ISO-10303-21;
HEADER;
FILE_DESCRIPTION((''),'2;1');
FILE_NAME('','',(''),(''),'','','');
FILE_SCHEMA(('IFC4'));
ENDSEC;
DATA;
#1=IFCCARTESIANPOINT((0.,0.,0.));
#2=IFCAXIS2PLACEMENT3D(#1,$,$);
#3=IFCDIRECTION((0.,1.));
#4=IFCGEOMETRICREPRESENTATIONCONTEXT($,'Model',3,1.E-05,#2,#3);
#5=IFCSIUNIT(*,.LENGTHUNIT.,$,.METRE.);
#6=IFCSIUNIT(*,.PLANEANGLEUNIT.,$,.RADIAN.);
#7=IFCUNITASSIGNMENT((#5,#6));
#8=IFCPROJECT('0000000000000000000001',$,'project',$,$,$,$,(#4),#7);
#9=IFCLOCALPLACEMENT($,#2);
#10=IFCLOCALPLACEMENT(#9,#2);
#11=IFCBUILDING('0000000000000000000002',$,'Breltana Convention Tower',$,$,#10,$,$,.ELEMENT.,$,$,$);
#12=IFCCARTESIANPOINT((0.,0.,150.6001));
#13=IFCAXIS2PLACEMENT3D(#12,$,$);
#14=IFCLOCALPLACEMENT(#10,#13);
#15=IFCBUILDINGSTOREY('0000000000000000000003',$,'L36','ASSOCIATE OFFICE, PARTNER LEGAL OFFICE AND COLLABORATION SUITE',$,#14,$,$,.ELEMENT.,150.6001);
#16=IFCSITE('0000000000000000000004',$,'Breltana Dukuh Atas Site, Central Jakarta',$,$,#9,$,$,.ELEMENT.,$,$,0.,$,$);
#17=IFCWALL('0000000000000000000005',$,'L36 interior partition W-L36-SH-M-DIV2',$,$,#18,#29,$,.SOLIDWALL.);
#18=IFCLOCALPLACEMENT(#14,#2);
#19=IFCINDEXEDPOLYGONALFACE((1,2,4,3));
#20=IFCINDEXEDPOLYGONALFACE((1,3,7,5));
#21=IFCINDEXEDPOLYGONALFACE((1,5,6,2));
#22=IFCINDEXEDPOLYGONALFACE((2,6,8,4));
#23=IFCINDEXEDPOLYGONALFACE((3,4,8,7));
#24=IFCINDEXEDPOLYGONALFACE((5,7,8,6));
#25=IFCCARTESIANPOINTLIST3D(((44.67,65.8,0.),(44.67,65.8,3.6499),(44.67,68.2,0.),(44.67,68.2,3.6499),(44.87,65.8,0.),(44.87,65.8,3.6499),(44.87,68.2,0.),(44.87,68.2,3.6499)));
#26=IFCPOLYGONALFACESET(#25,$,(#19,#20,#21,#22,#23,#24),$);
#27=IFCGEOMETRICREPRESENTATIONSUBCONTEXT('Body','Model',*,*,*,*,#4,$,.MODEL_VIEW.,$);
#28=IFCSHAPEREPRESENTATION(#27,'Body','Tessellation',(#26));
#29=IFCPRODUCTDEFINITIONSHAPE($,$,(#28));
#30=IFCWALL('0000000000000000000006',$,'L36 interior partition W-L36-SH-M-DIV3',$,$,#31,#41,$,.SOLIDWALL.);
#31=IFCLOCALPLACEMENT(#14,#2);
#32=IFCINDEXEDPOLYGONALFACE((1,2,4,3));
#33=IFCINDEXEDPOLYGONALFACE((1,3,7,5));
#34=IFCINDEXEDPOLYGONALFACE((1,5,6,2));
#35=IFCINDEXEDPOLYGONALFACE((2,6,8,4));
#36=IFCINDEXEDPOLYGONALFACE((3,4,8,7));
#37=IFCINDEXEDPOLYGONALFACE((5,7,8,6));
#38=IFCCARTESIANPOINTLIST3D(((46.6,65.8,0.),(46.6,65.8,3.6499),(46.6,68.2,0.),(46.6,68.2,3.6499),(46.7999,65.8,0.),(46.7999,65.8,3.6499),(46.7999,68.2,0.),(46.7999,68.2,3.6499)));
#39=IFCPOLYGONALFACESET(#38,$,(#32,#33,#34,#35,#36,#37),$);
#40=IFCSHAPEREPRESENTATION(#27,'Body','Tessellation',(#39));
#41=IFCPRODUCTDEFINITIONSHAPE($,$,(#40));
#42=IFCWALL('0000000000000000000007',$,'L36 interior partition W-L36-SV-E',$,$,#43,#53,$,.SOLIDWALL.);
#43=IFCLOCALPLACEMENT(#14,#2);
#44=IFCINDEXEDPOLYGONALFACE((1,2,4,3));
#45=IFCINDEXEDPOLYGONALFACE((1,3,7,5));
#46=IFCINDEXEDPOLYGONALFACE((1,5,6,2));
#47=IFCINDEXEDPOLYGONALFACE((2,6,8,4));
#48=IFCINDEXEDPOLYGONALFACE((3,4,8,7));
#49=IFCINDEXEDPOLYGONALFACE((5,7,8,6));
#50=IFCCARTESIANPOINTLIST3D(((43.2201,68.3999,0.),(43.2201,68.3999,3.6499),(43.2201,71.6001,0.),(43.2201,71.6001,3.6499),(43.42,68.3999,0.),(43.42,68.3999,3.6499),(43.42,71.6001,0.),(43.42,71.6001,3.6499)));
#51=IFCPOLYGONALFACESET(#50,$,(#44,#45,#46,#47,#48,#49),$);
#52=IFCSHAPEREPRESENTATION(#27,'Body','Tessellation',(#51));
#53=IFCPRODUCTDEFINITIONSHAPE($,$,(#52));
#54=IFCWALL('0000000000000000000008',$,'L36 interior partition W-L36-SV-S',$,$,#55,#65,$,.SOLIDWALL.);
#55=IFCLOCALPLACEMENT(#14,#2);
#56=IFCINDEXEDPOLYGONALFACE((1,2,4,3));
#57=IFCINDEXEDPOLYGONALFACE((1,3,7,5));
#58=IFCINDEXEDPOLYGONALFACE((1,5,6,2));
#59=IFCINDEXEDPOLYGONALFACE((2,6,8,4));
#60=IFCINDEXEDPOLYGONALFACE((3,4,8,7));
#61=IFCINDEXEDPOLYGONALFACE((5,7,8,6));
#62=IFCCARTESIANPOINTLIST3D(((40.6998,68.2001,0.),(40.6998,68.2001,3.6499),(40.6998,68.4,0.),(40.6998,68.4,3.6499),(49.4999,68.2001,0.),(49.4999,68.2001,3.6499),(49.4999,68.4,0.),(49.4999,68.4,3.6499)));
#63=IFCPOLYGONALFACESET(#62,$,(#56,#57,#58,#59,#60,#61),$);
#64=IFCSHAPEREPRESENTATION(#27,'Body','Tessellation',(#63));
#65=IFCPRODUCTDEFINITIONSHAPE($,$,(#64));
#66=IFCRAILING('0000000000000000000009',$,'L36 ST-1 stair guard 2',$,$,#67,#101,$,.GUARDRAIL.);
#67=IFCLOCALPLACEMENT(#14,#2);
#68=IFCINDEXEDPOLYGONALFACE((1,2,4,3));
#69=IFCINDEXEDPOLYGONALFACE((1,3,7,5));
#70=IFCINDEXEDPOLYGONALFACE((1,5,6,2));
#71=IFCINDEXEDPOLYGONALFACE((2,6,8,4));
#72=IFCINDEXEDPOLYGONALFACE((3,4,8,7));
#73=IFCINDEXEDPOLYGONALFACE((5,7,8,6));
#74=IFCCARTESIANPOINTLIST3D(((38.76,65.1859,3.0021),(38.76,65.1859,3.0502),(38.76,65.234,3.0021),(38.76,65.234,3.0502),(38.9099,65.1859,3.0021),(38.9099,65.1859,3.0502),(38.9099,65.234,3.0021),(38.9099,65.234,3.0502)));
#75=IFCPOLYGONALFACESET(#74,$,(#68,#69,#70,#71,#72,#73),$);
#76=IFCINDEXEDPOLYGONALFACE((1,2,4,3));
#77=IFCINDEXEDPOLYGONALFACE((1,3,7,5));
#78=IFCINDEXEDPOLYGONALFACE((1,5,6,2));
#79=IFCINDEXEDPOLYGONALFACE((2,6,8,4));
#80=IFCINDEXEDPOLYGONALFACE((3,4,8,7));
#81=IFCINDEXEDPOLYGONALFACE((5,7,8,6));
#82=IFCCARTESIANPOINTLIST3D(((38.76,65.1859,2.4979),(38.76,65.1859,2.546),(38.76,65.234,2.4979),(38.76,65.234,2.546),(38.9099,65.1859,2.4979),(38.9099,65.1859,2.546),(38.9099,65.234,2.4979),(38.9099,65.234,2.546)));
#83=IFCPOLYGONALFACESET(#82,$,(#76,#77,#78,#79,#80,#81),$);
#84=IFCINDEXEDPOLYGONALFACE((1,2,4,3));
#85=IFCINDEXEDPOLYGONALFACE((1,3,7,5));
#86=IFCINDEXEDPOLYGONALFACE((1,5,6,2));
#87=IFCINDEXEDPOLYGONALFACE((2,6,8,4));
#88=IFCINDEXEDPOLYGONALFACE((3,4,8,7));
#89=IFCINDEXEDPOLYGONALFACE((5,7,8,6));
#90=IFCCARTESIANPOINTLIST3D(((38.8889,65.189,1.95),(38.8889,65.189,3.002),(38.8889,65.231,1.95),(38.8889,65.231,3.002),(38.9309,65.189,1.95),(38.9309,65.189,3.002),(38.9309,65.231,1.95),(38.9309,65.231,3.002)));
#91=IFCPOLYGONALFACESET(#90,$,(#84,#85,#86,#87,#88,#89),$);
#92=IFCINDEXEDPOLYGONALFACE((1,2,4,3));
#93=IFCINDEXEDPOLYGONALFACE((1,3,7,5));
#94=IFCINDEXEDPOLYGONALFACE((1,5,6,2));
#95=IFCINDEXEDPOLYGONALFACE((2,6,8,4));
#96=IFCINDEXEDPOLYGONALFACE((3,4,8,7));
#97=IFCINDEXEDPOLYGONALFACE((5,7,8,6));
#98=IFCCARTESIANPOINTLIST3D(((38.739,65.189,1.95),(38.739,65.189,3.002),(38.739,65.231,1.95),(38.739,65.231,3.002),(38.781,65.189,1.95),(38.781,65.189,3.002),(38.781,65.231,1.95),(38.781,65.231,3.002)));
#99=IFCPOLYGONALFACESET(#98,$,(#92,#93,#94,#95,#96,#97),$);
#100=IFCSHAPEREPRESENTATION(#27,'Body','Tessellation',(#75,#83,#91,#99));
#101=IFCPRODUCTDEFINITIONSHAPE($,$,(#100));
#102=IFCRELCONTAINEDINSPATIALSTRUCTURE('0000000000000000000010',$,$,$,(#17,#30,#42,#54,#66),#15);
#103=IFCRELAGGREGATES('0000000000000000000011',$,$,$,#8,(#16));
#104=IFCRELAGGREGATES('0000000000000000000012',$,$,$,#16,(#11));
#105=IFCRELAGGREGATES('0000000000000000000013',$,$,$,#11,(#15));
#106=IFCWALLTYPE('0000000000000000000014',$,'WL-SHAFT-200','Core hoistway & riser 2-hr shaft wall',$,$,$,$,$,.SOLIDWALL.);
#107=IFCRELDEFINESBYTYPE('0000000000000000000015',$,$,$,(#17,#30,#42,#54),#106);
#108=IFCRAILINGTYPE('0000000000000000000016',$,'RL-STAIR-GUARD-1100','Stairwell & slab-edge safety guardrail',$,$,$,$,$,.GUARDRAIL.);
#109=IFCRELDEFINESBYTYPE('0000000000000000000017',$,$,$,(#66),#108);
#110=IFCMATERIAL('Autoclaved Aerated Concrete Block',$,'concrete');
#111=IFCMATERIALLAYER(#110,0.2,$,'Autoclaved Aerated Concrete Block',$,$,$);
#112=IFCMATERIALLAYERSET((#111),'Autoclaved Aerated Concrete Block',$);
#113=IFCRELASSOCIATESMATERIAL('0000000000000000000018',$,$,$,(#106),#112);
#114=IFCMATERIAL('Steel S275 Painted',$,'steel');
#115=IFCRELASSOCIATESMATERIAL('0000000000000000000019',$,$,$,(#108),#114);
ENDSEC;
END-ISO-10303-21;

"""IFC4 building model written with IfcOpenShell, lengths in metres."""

from ifc_helpers import new_model, si_unit, direction, frame, frame_2d, origin, origin_2d, place, context, subcontext, project, spatial, rectangle, extrude, source, transform, mapped, material, layer, layer_set, type_object, element, save


model = new_model("IFC4")

# Units and contexts
model_context = context("Model", 3, precision=1e-05, world=origin(), true_north=direction((0.0, 1.0)))
body_context = subcontext(model_context, "Body", "Model", "MODEL_VIEW")
ifc_project = project(units=[si_unit("LENGTHUNIT", "METRE"), si_unit("PLANEANGLEUNIT", "RADIAN")], contexts=[model_context])

# Site, building, storey
site_placement = place(None, origin())
site = spatial("IfcSite", under=ifc_project, at=site_placement, Name="Breltana Dukuh Atas Site, Central Jakarta", CompositionType="ELEMENT", RefElevation=0.0)
building_placement = place(site_placement, origin())
building = spatial("IfcBuilding", under=site, at=building_placement, Name="Breltana Convention Tower", CompositionType="ELEMENT")
storey_placement = place(building_placement, frame((0.0, 0.0, 150.6001)))
storey = spatial("IfcBuildingStorey", under=building, at=storey_placement, Name="L36", Description="ASSOCIATE OFFICE, PARTNER LEGAL OFFICE AND COLLABORATION SUITE", CompositionType="ELEMENT", Elevation=150.6001)

# Walls
ifc_material_1 = material(Name="Autoclaved Aerated Concrete Block", Category="concrete")
ifc_layer_1 = layer(ifc_material_1, 0.2, Name="Autoclaved Aerated Concrete Block")
ifc_layer_set_1 = layer_set([ifc_layer_1], Name="Autoclaved Aerated Concrete Block")
wall_type_1 = type_object("IfcWallType", Name="WL-SHAFT-200", Description="Core hoistway & riser 2-hr shaft wall", PredefinedType="SOLIDWALL", material=ifc_layer_set_1)
shared_shape_1 = source(origin(), body_context, "Body", "SweptSolid", [
    extrude(rectangle(XDim=2.3999, YDim=0.2, at=frame_2d((1.2, 0.0))), origin(), (0.0, 0.0, 1.0), 3.6499),
])
for number, where, z_axis, x_axis, name in (
    (1, (44.77, 65.8, 0.0), (0.0, 0.0, 1.0), (0.0, 1.0, 0.0), "L36 interior partition W-L36-SH-M-DIV2"),
    (2, (46.7, 65.8, 0.0), (0.0, 0.0, 1.0), (0.0, 1.0, 0.0), "L36 interior partition W-L36-SH-M-DIV3"),
):
    element("IfcWall", number, at=place(storey_placement, frame(where, z_axis=z_axis, x_axis=x_axis)), inside=storey, type_object=wall_type_1, Name=name, PredefinedType="SOLIDWALL", context=body_context, shape_type="MappedRepresentation", body=[
        mapped(shared_shape_1, transform((0.0, 0.0, 0.0), scale=1.0)),
    ])
shared_shape_2 = source(origin(), body_context, "Body", "SweptSolid", [
    extrude(rectangle(XDim=3.2002, YDim=0.2, at=frame_2d((1.6001, 0.0))), origin(), (0.0, 0.0, 1.0), 3.6499),
])
wall_1_placement = place(storey_placement, frame((43.3201, 68.3999, 0.0), z_axis=(0.0, 0.0, 1.0), x_axis=(0.0, 1.0, 0.0)))
element("IfcWall", 3, at=wall_1_placement, inside=storey, type_object=wall_type_1, Name="L36 interior partition W-L36-SV-E", PredefinedType="SOLIDWALL", context=body_context, shape_type="MappedRepresentation", body=[
    mapped(shared_shape_2, transform((0.0, 0.0, 0.0), scale=1.0)),
])
shared_shape_3 = source(origin(), body_context, "Body", "SweptSolid", [
    extrude(rectangle(XDim=8.8, YDim=0.2, at=frame_2d((4.3999, 0.0))), origin(), (0.0, 0.0, 1.0), 3.6499),
])
wall_2_placement = place(storey_placement, frame((40.7, 68.3, 0.0), z_axis=(0.0, 0.0, 1.0), x_axis=(1.0, 0.0, 0.0)))
element("IfcWall", 4, at=wall_2_placement, inside=storey, type_object=wall_type_1, Name="L36 interior partition W-L36-SV-S", PredefinedType="SOLIDWALL", context=body_context, shape_type="MappedRepresentation", body=[
    mapped(shared_shape_3, transform((0.0, 0.0, 0.0), scale=1.0)),
])

# Railing
ifc_material_2 = material(Name="Steel S275 Painted", Category="steel")
railing_type = type_object("IfcRailingType", Name="RL-STAIR-GUARD-1100", Description="Stairwell & slab-edge safety guardrail", PredefinedType="GUARDRAIL", material=ifc_material_2)
railing_placement = place(storey_placement, frame((38.9099, 65.21, 1.95)))
element("IfcRailing", 5, at=railing_placement, inside=storey, type_object=railing_type, Name="L36 ST-1 stair guard 2", PredefinedType="GUARDRAIL", context=body_context, shape_type="SweptSolid", body=[
    extrude(rectangle(XDim=0.0481, YDim=0.0481, at=origin_2d()), frame((0.0, 0.0, 1.0762), z_axis=(-1.0, 0.0, 0.0), x_axis=(0.0, -1.0, 0.0)), (0.0, 0.0, 1.0), 0.1499),
    extrude(rectangle(XDim=0.0481, YDim=0.0481, at=origin_2d()), frame((0.0, 0.0, 0.572), z_axis=(-1.0, 0.0, 0.0), x_axis=(0.0, -1.0, 0.0)), (0.0, 0.0, 1.0), 0.1499),
    extrude(rectangle(XDim=0.042, YDim=0.042, at=origin_2d()), origin(), (0.0, 0.0, 1.0), 1.052),
    extrude(rectangle(XDim=0.042, YDim=0.042, at=origin_2d()), frame((-0.1499, 0.0, 0.0)), (0.0, 0.0, 1.0), 1.052),
])

save(model, "model.ifc")
